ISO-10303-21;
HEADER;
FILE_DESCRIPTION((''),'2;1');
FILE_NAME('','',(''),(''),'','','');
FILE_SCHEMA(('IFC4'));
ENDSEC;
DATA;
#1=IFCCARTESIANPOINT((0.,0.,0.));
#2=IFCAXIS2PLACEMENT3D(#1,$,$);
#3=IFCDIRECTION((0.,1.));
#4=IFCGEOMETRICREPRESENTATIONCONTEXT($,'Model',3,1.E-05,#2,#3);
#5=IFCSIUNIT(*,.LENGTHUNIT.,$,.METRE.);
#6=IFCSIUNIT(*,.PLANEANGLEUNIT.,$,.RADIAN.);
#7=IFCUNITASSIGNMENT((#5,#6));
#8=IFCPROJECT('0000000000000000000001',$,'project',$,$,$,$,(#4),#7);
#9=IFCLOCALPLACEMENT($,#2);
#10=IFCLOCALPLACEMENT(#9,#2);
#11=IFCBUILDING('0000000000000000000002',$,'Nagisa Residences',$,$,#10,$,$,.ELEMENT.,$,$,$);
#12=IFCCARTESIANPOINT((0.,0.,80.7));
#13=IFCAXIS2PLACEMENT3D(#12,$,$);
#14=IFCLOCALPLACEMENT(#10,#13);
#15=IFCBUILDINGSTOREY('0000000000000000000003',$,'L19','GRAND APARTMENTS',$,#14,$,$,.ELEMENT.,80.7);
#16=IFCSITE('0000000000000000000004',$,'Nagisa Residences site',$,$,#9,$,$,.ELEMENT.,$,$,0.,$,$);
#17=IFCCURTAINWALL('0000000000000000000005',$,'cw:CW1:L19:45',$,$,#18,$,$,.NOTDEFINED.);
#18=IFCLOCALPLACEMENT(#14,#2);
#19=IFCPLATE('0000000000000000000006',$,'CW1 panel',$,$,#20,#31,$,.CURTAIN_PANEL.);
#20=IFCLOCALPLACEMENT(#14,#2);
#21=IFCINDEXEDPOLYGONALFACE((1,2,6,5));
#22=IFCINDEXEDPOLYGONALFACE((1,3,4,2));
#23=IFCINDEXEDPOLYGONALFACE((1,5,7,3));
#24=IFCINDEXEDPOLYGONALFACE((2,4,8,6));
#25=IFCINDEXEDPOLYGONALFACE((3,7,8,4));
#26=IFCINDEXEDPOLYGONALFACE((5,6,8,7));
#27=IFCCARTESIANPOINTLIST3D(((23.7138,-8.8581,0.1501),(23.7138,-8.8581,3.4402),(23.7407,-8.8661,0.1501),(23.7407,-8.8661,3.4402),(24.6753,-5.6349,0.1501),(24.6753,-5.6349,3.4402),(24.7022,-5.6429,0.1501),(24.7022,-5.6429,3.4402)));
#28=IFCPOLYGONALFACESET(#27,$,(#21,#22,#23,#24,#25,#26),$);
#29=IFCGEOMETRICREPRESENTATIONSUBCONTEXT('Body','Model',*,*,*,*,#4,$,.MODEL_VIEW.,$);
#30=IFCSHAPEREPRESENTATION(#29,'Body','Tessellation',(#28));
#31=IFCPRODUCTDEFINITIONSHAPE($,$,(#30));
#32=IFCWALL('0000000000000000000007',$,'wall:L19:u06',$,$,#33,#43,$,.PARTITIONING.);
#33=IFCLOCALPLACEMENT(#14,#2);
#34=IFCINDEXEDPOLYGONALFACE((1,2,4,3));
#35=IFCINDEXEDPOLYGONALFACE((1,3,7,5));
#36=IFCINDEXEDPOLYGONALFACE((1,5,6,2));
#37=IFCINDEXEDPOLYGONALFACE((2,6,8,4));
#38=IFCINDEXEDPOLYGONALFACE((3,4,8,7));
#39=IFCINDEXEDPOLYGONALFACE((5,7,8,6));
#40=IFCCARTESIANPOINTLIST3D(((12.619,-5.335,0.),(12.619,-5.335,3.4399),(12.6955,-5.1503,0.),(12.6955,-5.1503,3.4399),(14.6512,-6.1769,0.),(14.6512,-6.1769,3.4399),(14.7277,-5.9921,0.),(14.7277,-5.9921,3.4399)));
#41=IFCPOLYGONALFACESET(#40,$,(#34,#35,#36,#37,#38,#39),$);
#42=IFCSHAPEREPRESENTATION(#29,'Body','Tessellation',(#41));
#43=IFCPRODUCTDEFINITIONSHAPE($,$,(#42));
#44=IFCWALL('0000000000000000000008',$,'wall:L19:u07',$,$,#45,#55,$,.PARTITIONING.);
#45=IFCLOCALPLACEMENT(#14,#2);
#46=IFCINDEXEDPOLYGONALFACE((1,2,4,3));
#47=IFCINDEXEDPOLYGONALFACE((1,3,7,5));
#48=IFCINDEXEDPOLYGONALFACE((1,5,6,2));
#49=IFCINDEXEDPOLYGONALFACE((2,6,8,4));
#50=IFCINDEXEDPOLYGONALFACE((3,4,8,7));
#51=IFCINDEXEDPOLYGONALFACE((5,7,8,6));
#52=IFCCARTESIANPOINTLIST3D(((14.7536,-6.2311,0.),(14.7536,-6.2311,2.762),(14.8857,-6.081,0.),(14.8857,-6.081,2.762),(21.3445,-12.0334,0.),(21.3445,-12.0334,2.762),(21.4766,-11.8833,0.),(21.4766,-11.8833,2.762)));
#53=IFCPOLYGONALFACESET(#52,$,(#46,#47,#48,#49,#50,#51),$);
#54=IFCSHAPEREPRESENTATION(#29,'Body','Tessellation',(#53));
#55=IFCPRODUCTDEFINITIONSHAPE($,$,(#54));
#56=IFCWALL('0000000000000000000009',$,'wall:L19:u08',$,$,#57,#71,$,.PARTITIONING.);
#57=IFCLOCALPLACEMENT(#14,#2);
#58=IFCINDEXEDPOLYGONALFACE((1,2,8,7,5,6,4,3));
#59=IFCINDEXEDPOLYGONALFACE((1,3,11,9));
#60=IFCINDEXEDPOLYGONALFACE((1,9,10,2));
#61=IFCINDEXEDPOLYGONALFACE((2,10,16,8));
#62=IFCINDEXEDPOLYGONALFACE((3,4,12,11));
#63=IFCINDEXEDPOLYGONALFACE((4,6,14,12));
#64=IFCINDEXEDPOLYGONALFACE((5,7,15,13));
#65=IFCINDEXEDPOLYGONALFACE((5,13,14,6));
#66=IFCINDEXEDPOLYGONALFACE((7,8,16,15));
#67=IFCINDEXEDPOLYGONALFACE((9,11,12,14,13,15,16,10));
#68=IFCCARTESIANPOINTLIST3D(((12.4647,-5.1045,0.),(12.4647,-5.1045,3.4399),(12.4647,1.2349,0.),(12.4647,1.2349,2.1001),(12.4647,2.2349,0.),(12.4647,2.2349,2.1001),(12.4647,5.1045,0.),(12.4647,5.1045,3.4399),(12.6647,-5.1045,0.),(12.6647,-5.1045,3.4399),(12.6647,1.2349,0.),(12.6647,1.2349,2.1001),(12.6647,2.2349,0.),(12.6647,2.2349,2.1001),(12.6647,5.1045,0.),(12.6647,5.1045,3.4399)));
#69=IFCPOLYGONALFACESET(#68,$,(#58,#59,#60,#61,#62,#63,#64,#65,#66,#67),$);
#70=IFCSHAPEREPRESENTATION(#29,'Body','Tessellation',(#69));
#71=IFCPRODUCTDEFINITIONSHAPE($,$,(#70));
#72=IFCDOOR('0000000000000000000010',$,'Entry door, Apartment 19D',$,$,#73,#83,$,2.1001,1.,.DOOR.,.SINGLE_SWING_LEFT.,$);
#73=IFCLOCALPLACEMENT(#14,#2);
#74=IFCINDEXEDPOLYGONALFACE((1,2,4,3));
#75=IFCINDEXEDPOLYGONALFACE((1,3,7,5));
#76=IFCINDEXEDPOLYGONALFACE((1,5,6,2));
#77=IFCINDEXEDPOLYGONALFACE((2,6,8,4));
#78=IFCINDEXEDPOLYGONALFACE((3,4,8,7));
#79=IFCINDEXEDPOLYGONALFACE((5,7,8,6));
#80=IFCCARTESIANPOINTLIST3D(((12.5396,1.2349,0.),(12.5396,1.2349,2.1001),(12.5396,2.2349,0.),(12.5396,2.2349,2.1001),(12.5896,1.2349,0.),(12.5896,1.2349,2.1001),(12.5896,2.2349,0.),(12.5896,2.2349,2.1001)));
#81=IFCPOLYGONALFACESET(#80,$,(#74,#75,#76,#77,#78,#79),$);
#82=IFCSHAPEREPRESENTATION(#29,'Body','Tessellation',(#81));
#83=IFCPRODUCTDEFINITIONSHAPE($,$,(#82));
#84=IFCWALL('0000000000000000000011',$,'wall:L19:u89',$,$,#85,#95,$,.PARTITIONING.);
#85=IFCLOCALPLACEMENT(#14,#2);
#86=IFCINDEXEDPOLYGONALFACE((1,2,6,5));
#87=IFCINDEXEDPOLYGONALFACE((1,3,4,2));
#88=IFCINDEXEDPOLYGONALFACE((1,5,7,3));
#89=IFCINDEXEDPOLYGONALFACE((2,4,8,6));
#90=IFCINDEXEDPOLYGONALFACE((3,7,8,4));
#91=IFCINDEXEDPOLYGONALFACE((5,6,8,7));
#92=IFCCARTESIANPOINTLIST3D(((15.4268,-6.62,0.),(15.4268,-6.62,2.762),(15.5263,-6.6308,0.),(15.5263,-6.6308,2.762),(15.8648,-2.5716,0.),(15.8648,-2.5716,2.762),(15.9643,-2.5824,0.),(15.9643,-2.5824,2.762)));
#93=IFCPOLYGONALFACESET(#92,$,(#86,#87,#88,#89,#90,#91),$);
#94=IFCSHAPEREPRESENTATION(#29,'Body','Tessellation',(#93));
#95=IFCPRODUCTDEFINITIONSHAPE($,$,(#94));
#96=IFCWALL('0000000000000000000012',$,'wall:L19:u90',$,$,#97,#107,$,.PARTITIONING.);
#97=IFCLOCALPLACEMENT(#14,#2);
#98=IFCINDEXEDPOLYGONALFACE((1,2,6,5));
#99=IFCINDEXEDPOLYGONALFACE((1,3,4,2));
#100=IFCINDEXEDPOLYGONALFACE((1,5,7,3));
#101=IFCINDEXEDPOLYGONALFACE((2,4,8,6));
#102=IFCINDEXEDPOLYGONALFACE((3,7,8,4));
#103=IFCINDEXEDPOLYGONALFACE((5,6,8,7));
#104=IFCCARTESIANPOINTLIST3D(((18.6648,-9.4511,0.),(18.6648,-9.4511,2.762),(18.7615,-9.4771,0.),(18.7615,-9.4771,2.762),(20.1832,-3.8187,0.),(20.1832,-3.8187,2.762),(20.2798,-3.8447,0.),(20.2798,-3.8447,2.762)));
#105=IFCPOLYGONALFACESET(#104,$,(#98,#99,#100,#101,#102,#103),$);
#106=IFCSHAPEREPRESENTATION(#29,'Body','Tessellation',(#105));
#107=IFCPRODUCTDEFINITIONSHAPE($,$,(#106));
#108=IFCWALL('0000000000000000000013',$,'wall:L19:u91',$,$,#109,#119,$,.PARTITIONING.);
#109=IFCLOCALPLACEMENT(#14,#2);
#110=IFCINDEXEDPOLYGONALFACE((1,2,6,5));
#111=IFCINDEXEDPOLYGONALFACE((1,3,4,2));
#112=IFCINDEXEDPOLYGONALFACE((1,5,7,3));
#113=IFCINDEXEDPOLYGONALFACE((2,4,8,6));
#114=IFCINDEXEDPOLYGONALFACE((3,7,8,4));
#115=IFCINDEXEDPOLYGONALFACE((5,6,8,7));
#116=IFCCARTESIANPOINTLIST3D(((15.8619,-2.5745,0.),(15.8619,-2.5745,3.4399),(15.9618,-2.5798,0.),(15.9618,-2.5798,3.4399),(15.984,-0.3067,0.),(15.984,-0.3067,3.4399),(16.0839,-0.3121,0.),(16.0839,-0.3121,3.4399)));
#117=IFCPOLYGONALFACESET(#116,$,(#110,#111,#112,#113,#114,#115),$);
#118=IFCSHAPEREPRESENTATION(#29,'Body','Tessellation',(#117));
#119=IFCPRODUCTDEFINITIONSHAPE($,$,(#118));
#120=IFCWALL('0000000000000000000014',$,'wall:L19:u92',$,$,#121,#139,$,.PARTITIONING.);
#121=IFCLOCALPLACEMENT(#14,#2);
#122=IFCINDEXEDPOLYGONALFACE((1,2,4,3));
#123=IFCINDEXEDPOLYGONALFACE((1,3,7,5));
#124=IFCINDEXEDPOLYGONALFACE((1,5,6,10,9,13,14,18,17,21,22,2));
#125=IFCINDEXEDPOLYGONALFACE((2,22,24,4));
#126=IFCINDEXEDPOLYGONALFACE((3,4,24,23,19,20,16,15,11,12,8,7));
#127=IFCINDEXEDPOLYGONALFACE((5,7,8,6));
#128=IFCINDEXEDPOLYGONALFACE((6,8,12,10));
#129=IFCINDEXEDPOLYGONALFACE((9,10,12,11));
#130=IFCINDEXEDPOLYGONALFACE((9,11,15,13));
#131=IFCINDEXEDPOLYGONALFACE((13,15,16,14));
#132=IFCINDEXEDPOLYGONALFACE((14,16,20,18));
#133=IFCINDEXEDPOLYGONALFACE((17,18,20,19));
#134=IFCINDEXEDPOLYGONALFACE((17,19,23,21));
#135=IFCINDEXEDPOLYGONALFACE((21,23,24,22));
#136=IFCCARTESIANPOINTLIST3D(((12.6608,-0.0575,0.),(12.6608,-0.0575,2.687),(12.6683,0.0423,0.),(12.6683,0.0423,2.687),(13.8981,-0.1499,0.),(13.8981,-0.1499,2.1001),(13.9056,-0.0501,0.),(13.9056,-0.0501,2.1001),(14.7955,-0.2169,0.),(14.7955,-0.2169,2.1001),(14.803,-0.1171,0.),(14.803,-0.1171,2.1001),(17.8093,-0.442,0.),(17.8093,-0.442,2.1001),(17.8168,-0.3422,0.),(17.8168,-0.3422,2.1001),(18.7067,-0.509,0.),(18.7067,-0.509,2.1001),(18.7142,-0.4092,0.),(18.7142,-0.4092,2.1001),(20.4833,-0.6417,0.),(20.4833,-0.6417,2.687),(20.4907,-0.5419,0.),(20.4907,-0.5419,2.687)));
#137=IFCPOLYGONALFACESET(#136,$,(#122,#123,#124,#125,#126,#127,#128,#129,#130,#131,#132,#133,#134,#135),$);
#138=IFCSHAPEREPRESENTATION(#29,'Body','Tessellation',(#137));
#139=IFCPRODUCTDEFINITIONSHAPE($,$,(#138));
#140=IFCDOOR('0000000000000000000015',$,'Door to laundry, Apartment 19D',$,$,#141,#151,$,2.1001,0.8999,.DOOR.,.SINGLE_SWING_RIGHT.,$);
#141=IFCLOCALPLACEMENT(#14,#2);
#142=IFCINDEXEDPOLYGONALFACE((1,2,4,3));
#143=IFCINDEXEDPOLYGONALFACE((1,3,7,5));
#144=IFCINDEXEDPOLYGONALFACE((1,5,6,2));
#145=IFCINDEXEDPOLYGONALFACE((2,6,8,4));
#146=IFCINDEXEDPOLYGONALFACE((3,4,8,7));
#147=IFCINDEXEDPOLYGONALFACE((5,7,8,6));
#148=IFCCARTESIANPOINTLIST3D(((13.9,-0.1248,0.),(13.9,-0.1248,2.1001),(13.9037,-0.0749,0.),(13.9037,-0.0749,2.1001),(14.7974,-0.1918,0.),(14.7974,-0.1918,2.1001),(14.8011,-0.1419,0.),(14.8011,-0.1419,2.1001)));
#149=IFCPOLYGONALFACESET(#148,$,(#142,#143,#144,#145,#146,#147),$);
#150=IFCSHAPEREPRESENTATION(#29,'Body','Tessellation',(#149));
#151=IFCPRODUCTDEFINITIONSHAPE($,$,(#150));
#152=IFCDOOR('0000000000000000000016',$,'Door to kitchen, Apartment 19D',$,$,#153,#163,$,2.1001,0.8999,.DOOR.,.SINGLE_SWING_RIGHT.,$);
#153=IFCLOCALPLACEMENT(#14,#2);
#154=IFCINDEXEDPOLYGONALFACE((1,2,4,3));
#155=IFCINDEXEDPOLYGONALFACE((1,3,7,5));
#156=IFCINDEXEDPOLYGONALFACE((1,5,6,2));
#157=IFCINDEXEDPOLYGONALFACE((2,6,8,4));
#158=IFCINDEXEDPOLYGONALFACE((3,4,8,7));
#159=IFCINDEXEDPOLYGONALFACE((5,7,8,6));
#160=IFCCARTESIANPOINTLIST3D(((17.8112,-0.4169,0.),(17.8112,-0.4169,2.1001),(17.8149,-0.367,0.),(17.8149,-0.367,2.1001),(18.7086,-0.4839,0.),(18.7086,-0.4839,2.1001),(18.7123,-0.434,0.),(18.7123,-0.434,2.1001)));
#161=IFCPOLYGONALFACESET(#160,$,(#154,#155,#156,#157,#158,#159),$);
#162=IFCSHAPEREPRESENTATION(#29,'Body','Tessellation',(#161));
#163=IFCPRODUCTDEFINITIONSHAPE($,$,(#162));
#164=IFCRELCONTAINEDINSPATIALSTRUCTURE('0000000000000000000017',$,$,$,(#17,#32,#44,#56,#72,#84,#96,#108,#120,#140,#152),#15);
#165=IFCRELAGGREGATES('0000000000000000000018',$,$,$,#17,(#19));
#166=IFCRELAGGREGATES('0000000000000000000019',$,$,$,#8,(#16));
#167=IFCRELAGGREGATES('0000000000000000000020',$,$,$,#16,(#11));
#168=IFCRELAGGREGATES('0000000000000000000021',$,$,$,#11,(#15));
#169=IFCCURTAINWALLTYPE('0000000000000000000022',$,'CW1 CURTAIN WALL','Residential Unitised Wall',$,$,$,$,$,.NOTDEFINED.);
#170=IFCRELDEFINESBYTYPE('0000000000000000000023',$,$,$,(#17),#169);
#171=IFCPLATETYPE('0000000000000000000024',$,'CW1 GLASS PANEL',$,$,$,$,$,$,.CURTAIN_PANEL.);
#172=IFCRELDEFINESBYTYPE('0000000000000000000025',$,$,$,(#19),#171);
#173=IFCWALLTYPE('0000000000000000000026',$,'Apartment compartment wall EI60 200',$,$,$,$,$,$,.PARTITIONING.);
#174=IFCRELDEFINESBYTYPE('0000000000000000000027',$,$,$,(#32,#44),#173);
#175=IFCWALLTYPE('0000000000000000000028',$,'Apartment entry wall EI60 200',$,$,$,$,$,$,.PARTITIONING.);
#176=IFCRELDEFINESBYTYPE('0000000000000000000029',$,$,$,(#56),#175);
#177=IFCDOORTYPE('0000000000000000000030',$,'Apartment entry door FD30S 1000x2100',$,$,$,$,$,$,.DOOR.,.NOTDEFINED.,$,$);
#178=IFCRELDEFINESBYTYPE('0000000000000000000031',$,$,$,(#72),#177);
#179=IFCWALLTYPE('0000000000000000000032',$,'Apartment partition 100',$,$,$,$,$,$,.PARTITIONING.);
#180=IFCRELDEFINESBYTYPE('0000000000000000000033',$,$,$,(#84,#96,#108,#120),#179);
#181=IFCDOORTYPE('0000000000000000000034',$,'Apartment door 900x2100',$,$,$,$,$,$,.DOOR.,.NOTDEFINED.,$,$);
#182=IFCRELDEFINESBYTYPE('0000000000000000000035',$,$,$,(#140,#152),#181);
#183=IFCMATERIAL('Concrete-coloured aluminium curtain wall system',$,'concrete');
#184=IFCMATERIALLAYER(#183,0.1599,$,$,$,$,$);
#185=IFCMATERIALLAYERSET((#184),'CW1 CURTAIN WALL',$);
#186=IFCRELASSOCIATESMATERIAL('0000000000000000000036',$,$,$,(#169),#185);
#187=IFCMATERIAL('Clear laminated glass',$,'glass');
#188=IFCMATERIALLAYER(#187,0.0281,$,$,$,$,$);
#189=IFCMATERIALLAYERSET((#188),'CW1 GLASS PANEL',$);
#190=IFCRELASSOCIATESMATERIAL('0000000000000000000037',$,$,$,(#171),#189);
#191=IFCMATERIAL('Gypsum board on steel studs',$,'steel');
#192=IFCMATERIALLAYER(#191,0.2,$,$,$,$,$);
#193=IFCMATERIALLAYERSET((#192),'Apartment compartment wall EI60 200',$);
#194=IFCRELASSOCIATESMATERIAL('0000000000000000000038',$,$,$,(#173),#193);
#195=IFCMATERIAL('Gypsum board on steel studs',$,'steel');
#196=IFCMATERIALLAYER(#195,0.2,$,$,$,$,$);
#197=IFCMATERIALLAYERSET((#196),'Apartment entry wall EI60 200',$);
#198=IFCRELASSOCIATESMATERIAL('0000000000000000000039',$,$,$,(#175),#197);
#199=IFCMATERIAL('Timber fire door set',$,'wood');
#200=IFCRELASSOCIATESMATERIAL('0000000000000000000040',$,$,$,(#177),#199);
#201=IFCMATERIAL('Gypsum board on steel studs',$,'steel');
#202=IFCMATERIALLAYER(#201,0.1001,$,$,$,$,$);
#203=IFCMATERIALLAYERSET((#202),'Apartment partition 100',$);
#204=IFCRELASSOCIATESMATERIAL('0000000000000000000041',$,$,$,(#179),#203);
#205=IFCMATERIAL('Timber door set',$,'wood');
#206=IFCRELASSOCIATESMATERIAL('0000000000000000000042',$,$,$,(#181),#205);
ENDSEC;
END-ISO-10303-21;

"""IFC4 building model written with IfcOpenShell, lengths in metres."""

from ifc_helpers import new_model, si_unit, direction, frame, frame_2d, origin, origin_2d, place, context, subcontext, project, spatial, rectangle, extrude, material, layer, layer_set, type_object, element, fill, aggregate, save


model = new_model("IFC4")

# Units and contexts
model_context = context("Model", 3, precision=1e-05, world=origin(), true_north=direction((0.0, 1.0)))
body_context = subcontext(model_context, "Body", "Model", "MODEL_VIEW")
ifc_project = project(units=[si_unit("LENGTHUNIT", "METRE"), si_unit("PLANEANGLEUNIT", "RADIAN")], contexts=[model_context])

# Site, building, storey
site_placement = place(None, origin())
site = spatial("IfcSite", under=ifc_project, at=site_placement, Name="Nagisa Residences site", CompositionType="ELEMENT", RefElevation=0.0)
building_placement = place(site_placement, origin())
building = spatial("IfcBuilding", under=site, at=building_placement, Name="Nagisa Residences", CompositionType="ELEMENT")
storey_placement = place(building_placement, frame((0.0, 0.0, 80.7)))
storey = spatial("IfcBuildingStorey", under=building, at=storey_placement, Name="L19", Description="GRAND APARTMENTS", CompositionType="ELEMENT", Elevation=80.7)

# Curtain wall
ifc_material_1 = material(Name="Concrete-coloured aluminium curtain wall system", Category="concrete")
ifc_layer_1 = layer(ifc_material_1, 0.1599)
ifc_layer_set_1 = layer_set([ifc_layer_1], Name="CW1 CURTAIN WALL")
curtain_wall_type = type_object("IfcCurtainWallType", Name="CW1 CURTAIN WALL", Description="Residential Unitised Wall", PredefinedType="NOTDEFINED", material=ifc_layer_set_1)
curtain_wall_1_placement = place(storey_placement, origin())
curtain_wall_1 = element("IfcCurtainWall", 1, at=curtain_wall_1_placement, inside=storey, type_object=curtain_wall_type, Name="cw:CW1:L19:45", PredefinedType="NOTDEFINED")

# Shared definitions
ifc_material_2 = material(Name="Clear laminated glass", Category="glass")
ifc_layer_2 = layer(ifc_material_2, 0.0281)
ifc_layer_set_2 = layer_set([ifc_layer_2], Name="CW1 GLASS PANEL")
plate_type = type_object("IfcPlateType", Name="CW1 GLASS PANEL", PredefinedType="CURTAIN_PANEL", material=ifc_layer_set_2)

# Plate
plate_1_placement = place(storey_placement, frame((24.208, -7.2505, 0.1501), z_axis=(0.0, 0.0, 1.0), x_axis=(0.28586, 0.958271, 0.0)))
plate_1 = element("IfcPlate", 2, at=plate_1_placement, type_object=plate_type, Name="CW1 panel", PredefinedType="CURTAIN_PANEL", context=body_context, shape_type="SweptSolid", body=[
    extrude(rectangle(XDim=3.3635, YDim=0.0281, at=origin_2d()), origin(), (0.0, 0.0, 1.0), 3.29),
])
aggregate(curtain_wall_1, [plate_1])

# Walls
ifc_material_3 = material(Name="Gypsum board on steel studs", Category="steel")
ifc_layer_3 = layer(ifc_material_3, 0.2)
ifc_layer_set_3 = layer_set([ifc_layer_3], Name="Apartment compartment wall EI60 200")
wall_type_1 = type_object("IfcWallType", Name="Apartment compartment wall EI60 200", PredefinedType="PARTITIONING", material=ifc_layer_set_3)
wall_1_placement = place(storey_placement, frame((12.6572, -5.2427, 0.0), z_axis=(0.0, 0.0, 1.0), x_axis=(0.923876, -0.382692, 0.0)))
element("IfcWall", 3, at=wall_1_placement, inside=storey, type_object=wall_type_1, Name="wall:L19:u06", PredefinedType="PARTITIONING", context=body_context, shape_type="SweptSolid", body=[
    extrude(rectangle(XDim=2.1997, YDim=0.2, at=frame_2d((1.0999, 0.0))), origin(), (0.0, 0.0, 1.0), 3.4399),
])
wall_2_placement = place(storey_placement, frame((14.8196, -6.156, 0.0), z_axis=(0.0, 0.0, 1.0), x_axis=(0.750582, -0.660777, 0.0)))
element("IfcWall", 4, at=wall_2_placement, inside=storey, type_object=wall_type_1, Name="wall:L19:u07", PredefinedType="PARTITIONING", context=body_context, shape_type="SweptSolid", body=[
    extrude(rectangle(XDim=8.781, YDim=0.2, at=frame_2d((4.3906, 0.0))), origin(), (0.0, 0.0, 1.0), 2.762),
])

# Wall, opening, door
ifc_material_4 = material(Name="Gypsum board on steel studs", Category="steel")
ifc_layer_4 = layer(ifc_material_4, 0.2)
ifc_layer_set_4 = layer_set([ifc_layer_4], Name="Apartment entry wall EI60 200")
wall_type_2 = type_object("IfcWallType", Name="Apartment entry wall EI60 200", PredefinedType="PARTITIONING", material=ifc_layer_set_4)
wall_3_placement = place(storey_placement, frame((12.5647, -5.1045, 0.0), z_axis=(0.0, 0.0, 1.0), x_axis=(0.0, 1.0, 0.0)))
wall_3 = element("IfcWall", 5, at=wall_3_placement, inside=storey, type_object=wall_type_2, Name="wall:L19:u08", PredefinedType="PARTITIONING", context=body_context, shape_type="SweptSolid", body=[
    extrude(rectangle(XDim=10.209, YDim=0.2, at=frame_2d((5.1045, 0.0))), origin(), (0.0, 0.0, 1.0), 3.4399),
])
opening_1_placement = place(wall_3_placement, frame((6.3394, 0.0, 0.0)))
opening_1 = element("IfcOpeningElement", 6, at=opening_1_placement, cuts=wall_3, PredefinedType="OPENING", context=body_context, shape_type="SweptSolid", body=[
    extrude(rectangle(XDim=1.0, YDim=2.1001, at=frame_2d((0.5, 1.05))), frame((0.0, 0.1099, 0.0), z_axis=(0.0, -1.0, 0.0), x_axis=(1.0, 0.0, 0.0)), (0.0, 0.0, 1.0), 0.22),
])
ifc_material_5 = material(Name="Timber fire door set", Category="wood")
door_type_1 = type_object("IfcDoorType", Name="Apartment entry door FD30S 1000x2100", OperationType="NOTDEFINED", PredefinedType="DOOR", material=ifc_material_5)
door_1_placement = place(opening_1_placement, frame((1.0, 0.0, 0.0), x_axis=(-1.0, 0.0, 0.0)))
door_1 = element("IfcDoor", 7, at=door_1_placement, inside=storey, type_object=door_type_1, Name="Entry door, Apartment 19D", OperationType="SINGLE_SWING_LEFT", OverallHeight=2.1001, OverallWidth=1.0, PredefinedType="DOOR", context=body_context, shape_type="SweptSolid", body=[
    extrude(rectangle(XDim=1.0, YDim=2.1001, at=frame_2d((0.5, 1.05))), frame((0.0, 0.0249, 0.0), z_axis=(0.0, -1.0, 0.0), x_axis=(1.0, 0.0, 0.0)), (0.0, 0.0, 1.0), 0.05),
])
fill(opening_1, door_1)

# Walls
ifc_material_6 = material(Name="Gypsum board on steel studs", Category="steel")
ifc_layer_5 = layer(ifc_material_6, 0.1001)
ifc_layer_set_5 = layer_set([ifc_layer_5], Name="Apartment partition 100")
wall_type_3 = type_object("IfcWallType", Name="Apartment partition 100", PredefinedType="PARTITIONING", material=ifc_layer_set_5)
wall_4_placement = place(storey_placement, frame((15.4766, -6.6255, 0.0), z_axis=(0.0, 0.0, 1.0), x_axis=(0.107562, 0.994198, 0.0)))
element("IfcWall", 8, at=wall_4_placement, inside=storey, type_object=wall_type_3, Name="wall:L19:u89", PredefinedType="PARTITIONING", context=body_context, shape_type="SweptSolid", body=[
    extrude(rectangle(XDim=4.072, YDim=0.1001, at=frame_2d((2.0361, 0.0))), origin(), (0.0, 0.0, 1.0), 2.762),
])
wall_5_placement = place(storey_placement, frame((18.7131, -9.4641, 0.0), z_axis=(0.0, 0.0, 1.0), x_axis=(0.26028, 0.965533, 0.0)))
element("IfcWall", 9, at=wall_5_placement, inside=storey, type_object=wall_type_3, Name="wall:L19:u90", PredefinedType="PARTITIONING", context=body_context, shape_type="SweptSolid", body=[
    extrude(rectangle(XDim=5.8335, YDim=0.1001, at=frame_2d((2.9167, 0.0))), origin(), (0.0, 0.0, 1.0), 2.762),
])
wall_6_placement = place(storey_placement, frame((15.9119, -2.5771, 0.0), z_axis=(0.0, 0.0, 1.0), x_axis=(0.053749, 0.998554, 0.0)))
element("IfcWall", 10, at=wall_6_placement, inside=storey, type_object=wall_type_3, Name="wall:L19:u91", PredefinedType="PARTITIONING", context=body_context, shape_type="SweptSolid", body=[
    extrude(rectangle(XDim=2.271, YDim=0.1001, at=frame_2d((1.1355, 0.0))), origin(), (0.0, 0.0, 1.0), 3.4399),
])

# Wall, openings, doors
wall_7_placement = place(storey_placement, frame((12.6646, -0.0076, 0.0), z_axis=(0.0, 0.0, 1.0), x_axis=(0.997223, -0.074478, 0.0)))
wall_7 = element("IfcWall", 11, at=wall_7_placement, inside=storey, type_object=wall_type_3, Name="wall:L19:u92", PredefinedType="PARTITIONING", context=body_context, shape_type="SweptSolid", body=[
    extrude(rectangle(XDim=7.8442, YDim=0.1001, at=frame_2d((3.9221, 0.0))), origin(), (0.0, 0.0, 1.0), 2.687),
])
opening_2_placement = place(wall_7_placement, frame((1.2407, 0.0, 0.0)))
opening_2 = element("IfcOpeningElement", 12, at=opening_2_placement, cuts=wall_7, PredefinedType="OPENING", context=body_context, shape_type="SweptSolid", body=[
    extrude(rectangle(XDim=0.8999, YDim=2.1001, at=frame_2d((0.45, 1.05))), frame((0.0, 0.0601, 0.0), z_axis=(0.0, -1.0, 0.0), x_axis=(1.0, 0.0, 0.0)), (0.0, 0.0, 1.0), 0.1201),
])
opening_3_placement = place(wall_7_placement, frame((5.1628, 0.0, 0.0)))
opening_3 = element("IfcOpeningElement", 13, at=opening_3_placement, cuts=wall_7, PredefinedType="OPENING", context=body_context, shape_type="SweptSolid", body=[
    extrude(rectangle(XDim=0.8999, YDim=2.1001, at=frame_2d((0.45, 1.05))), frame((0.0, 0.0601, 0.0), z_axis=(0.0, -1.0, 0.0), x_axis=(1.0, 0.0, 0.0)), (0.0, 0.0, 1.0), 0.1201),
])
ifc_material_7 = material(Name="Timber door set", Category="wood")
door_type_2 = type_object("IfcDoorType", Name="Apartment door 900x2100", OperationType="NOTDEFINED", PredefinedType="DOOR", material=ifc_material_7)
door_2_placement = place(opening_2_placement, frame((0.8999, 0.0, 0.0), x_axis=(-1.0, 0.0, 0.0)))
door_2 = element("IfcDoor", 14, at=door_2_placement, inside=storey, type_object=door_type_2, Name="Door to laundry, Apartment 19D", OperationType="SINGLE_SWING_RIGHT", OverallHeight=2.1001, OverallWidth=0.8999, PredefinedType="DOOR", context=body_context, shape_type="SweptSolid", body=[
    extrude(rectangle(XDim=0.8999, YDim=2.1001, at=frame_2d((0.45, 1.05))), frame((0.0, 0.0249, 0.0), z_axis=(0.0, -1.0, 0.0), x_axis=(1.0, 0.0, 0.0)), (0.0, 0.0, 1.0), 0.05),
])
fill(opening_2, door_2)
door_3_placement = place(opening_3_placement, frame((0.8999, 0.0, 0.0), x_axis=(-1.0, 0.0, 0.0)))
door_3 = element("IfcDoor", 15, at=door_3_placement, inside=storey, type_object=door_type_2, Name="Door to kitchen, Apartment 19D", OperationType="SINGLE_SWING_RIGHT", OverallHeight=2.1001, OverallWidth=0.8999, PredefinedType="DOOR", context=body_context, shape_type="SweptSolid", body=[
    extrude(rectangle(XDim=0.8999, YDim=2.1001, at=frame_2d((0.45, 1.05))), frame((0.0, 0.0249, 0.0), z_axis=(0.0, -1.0, 0.0), x_axis=(1.0, 0.0, 0.0)), (0.0, 0.0, 1.0), 0.05),
])
fill(opening_3, door_3)

save(model, "model.ifc")
